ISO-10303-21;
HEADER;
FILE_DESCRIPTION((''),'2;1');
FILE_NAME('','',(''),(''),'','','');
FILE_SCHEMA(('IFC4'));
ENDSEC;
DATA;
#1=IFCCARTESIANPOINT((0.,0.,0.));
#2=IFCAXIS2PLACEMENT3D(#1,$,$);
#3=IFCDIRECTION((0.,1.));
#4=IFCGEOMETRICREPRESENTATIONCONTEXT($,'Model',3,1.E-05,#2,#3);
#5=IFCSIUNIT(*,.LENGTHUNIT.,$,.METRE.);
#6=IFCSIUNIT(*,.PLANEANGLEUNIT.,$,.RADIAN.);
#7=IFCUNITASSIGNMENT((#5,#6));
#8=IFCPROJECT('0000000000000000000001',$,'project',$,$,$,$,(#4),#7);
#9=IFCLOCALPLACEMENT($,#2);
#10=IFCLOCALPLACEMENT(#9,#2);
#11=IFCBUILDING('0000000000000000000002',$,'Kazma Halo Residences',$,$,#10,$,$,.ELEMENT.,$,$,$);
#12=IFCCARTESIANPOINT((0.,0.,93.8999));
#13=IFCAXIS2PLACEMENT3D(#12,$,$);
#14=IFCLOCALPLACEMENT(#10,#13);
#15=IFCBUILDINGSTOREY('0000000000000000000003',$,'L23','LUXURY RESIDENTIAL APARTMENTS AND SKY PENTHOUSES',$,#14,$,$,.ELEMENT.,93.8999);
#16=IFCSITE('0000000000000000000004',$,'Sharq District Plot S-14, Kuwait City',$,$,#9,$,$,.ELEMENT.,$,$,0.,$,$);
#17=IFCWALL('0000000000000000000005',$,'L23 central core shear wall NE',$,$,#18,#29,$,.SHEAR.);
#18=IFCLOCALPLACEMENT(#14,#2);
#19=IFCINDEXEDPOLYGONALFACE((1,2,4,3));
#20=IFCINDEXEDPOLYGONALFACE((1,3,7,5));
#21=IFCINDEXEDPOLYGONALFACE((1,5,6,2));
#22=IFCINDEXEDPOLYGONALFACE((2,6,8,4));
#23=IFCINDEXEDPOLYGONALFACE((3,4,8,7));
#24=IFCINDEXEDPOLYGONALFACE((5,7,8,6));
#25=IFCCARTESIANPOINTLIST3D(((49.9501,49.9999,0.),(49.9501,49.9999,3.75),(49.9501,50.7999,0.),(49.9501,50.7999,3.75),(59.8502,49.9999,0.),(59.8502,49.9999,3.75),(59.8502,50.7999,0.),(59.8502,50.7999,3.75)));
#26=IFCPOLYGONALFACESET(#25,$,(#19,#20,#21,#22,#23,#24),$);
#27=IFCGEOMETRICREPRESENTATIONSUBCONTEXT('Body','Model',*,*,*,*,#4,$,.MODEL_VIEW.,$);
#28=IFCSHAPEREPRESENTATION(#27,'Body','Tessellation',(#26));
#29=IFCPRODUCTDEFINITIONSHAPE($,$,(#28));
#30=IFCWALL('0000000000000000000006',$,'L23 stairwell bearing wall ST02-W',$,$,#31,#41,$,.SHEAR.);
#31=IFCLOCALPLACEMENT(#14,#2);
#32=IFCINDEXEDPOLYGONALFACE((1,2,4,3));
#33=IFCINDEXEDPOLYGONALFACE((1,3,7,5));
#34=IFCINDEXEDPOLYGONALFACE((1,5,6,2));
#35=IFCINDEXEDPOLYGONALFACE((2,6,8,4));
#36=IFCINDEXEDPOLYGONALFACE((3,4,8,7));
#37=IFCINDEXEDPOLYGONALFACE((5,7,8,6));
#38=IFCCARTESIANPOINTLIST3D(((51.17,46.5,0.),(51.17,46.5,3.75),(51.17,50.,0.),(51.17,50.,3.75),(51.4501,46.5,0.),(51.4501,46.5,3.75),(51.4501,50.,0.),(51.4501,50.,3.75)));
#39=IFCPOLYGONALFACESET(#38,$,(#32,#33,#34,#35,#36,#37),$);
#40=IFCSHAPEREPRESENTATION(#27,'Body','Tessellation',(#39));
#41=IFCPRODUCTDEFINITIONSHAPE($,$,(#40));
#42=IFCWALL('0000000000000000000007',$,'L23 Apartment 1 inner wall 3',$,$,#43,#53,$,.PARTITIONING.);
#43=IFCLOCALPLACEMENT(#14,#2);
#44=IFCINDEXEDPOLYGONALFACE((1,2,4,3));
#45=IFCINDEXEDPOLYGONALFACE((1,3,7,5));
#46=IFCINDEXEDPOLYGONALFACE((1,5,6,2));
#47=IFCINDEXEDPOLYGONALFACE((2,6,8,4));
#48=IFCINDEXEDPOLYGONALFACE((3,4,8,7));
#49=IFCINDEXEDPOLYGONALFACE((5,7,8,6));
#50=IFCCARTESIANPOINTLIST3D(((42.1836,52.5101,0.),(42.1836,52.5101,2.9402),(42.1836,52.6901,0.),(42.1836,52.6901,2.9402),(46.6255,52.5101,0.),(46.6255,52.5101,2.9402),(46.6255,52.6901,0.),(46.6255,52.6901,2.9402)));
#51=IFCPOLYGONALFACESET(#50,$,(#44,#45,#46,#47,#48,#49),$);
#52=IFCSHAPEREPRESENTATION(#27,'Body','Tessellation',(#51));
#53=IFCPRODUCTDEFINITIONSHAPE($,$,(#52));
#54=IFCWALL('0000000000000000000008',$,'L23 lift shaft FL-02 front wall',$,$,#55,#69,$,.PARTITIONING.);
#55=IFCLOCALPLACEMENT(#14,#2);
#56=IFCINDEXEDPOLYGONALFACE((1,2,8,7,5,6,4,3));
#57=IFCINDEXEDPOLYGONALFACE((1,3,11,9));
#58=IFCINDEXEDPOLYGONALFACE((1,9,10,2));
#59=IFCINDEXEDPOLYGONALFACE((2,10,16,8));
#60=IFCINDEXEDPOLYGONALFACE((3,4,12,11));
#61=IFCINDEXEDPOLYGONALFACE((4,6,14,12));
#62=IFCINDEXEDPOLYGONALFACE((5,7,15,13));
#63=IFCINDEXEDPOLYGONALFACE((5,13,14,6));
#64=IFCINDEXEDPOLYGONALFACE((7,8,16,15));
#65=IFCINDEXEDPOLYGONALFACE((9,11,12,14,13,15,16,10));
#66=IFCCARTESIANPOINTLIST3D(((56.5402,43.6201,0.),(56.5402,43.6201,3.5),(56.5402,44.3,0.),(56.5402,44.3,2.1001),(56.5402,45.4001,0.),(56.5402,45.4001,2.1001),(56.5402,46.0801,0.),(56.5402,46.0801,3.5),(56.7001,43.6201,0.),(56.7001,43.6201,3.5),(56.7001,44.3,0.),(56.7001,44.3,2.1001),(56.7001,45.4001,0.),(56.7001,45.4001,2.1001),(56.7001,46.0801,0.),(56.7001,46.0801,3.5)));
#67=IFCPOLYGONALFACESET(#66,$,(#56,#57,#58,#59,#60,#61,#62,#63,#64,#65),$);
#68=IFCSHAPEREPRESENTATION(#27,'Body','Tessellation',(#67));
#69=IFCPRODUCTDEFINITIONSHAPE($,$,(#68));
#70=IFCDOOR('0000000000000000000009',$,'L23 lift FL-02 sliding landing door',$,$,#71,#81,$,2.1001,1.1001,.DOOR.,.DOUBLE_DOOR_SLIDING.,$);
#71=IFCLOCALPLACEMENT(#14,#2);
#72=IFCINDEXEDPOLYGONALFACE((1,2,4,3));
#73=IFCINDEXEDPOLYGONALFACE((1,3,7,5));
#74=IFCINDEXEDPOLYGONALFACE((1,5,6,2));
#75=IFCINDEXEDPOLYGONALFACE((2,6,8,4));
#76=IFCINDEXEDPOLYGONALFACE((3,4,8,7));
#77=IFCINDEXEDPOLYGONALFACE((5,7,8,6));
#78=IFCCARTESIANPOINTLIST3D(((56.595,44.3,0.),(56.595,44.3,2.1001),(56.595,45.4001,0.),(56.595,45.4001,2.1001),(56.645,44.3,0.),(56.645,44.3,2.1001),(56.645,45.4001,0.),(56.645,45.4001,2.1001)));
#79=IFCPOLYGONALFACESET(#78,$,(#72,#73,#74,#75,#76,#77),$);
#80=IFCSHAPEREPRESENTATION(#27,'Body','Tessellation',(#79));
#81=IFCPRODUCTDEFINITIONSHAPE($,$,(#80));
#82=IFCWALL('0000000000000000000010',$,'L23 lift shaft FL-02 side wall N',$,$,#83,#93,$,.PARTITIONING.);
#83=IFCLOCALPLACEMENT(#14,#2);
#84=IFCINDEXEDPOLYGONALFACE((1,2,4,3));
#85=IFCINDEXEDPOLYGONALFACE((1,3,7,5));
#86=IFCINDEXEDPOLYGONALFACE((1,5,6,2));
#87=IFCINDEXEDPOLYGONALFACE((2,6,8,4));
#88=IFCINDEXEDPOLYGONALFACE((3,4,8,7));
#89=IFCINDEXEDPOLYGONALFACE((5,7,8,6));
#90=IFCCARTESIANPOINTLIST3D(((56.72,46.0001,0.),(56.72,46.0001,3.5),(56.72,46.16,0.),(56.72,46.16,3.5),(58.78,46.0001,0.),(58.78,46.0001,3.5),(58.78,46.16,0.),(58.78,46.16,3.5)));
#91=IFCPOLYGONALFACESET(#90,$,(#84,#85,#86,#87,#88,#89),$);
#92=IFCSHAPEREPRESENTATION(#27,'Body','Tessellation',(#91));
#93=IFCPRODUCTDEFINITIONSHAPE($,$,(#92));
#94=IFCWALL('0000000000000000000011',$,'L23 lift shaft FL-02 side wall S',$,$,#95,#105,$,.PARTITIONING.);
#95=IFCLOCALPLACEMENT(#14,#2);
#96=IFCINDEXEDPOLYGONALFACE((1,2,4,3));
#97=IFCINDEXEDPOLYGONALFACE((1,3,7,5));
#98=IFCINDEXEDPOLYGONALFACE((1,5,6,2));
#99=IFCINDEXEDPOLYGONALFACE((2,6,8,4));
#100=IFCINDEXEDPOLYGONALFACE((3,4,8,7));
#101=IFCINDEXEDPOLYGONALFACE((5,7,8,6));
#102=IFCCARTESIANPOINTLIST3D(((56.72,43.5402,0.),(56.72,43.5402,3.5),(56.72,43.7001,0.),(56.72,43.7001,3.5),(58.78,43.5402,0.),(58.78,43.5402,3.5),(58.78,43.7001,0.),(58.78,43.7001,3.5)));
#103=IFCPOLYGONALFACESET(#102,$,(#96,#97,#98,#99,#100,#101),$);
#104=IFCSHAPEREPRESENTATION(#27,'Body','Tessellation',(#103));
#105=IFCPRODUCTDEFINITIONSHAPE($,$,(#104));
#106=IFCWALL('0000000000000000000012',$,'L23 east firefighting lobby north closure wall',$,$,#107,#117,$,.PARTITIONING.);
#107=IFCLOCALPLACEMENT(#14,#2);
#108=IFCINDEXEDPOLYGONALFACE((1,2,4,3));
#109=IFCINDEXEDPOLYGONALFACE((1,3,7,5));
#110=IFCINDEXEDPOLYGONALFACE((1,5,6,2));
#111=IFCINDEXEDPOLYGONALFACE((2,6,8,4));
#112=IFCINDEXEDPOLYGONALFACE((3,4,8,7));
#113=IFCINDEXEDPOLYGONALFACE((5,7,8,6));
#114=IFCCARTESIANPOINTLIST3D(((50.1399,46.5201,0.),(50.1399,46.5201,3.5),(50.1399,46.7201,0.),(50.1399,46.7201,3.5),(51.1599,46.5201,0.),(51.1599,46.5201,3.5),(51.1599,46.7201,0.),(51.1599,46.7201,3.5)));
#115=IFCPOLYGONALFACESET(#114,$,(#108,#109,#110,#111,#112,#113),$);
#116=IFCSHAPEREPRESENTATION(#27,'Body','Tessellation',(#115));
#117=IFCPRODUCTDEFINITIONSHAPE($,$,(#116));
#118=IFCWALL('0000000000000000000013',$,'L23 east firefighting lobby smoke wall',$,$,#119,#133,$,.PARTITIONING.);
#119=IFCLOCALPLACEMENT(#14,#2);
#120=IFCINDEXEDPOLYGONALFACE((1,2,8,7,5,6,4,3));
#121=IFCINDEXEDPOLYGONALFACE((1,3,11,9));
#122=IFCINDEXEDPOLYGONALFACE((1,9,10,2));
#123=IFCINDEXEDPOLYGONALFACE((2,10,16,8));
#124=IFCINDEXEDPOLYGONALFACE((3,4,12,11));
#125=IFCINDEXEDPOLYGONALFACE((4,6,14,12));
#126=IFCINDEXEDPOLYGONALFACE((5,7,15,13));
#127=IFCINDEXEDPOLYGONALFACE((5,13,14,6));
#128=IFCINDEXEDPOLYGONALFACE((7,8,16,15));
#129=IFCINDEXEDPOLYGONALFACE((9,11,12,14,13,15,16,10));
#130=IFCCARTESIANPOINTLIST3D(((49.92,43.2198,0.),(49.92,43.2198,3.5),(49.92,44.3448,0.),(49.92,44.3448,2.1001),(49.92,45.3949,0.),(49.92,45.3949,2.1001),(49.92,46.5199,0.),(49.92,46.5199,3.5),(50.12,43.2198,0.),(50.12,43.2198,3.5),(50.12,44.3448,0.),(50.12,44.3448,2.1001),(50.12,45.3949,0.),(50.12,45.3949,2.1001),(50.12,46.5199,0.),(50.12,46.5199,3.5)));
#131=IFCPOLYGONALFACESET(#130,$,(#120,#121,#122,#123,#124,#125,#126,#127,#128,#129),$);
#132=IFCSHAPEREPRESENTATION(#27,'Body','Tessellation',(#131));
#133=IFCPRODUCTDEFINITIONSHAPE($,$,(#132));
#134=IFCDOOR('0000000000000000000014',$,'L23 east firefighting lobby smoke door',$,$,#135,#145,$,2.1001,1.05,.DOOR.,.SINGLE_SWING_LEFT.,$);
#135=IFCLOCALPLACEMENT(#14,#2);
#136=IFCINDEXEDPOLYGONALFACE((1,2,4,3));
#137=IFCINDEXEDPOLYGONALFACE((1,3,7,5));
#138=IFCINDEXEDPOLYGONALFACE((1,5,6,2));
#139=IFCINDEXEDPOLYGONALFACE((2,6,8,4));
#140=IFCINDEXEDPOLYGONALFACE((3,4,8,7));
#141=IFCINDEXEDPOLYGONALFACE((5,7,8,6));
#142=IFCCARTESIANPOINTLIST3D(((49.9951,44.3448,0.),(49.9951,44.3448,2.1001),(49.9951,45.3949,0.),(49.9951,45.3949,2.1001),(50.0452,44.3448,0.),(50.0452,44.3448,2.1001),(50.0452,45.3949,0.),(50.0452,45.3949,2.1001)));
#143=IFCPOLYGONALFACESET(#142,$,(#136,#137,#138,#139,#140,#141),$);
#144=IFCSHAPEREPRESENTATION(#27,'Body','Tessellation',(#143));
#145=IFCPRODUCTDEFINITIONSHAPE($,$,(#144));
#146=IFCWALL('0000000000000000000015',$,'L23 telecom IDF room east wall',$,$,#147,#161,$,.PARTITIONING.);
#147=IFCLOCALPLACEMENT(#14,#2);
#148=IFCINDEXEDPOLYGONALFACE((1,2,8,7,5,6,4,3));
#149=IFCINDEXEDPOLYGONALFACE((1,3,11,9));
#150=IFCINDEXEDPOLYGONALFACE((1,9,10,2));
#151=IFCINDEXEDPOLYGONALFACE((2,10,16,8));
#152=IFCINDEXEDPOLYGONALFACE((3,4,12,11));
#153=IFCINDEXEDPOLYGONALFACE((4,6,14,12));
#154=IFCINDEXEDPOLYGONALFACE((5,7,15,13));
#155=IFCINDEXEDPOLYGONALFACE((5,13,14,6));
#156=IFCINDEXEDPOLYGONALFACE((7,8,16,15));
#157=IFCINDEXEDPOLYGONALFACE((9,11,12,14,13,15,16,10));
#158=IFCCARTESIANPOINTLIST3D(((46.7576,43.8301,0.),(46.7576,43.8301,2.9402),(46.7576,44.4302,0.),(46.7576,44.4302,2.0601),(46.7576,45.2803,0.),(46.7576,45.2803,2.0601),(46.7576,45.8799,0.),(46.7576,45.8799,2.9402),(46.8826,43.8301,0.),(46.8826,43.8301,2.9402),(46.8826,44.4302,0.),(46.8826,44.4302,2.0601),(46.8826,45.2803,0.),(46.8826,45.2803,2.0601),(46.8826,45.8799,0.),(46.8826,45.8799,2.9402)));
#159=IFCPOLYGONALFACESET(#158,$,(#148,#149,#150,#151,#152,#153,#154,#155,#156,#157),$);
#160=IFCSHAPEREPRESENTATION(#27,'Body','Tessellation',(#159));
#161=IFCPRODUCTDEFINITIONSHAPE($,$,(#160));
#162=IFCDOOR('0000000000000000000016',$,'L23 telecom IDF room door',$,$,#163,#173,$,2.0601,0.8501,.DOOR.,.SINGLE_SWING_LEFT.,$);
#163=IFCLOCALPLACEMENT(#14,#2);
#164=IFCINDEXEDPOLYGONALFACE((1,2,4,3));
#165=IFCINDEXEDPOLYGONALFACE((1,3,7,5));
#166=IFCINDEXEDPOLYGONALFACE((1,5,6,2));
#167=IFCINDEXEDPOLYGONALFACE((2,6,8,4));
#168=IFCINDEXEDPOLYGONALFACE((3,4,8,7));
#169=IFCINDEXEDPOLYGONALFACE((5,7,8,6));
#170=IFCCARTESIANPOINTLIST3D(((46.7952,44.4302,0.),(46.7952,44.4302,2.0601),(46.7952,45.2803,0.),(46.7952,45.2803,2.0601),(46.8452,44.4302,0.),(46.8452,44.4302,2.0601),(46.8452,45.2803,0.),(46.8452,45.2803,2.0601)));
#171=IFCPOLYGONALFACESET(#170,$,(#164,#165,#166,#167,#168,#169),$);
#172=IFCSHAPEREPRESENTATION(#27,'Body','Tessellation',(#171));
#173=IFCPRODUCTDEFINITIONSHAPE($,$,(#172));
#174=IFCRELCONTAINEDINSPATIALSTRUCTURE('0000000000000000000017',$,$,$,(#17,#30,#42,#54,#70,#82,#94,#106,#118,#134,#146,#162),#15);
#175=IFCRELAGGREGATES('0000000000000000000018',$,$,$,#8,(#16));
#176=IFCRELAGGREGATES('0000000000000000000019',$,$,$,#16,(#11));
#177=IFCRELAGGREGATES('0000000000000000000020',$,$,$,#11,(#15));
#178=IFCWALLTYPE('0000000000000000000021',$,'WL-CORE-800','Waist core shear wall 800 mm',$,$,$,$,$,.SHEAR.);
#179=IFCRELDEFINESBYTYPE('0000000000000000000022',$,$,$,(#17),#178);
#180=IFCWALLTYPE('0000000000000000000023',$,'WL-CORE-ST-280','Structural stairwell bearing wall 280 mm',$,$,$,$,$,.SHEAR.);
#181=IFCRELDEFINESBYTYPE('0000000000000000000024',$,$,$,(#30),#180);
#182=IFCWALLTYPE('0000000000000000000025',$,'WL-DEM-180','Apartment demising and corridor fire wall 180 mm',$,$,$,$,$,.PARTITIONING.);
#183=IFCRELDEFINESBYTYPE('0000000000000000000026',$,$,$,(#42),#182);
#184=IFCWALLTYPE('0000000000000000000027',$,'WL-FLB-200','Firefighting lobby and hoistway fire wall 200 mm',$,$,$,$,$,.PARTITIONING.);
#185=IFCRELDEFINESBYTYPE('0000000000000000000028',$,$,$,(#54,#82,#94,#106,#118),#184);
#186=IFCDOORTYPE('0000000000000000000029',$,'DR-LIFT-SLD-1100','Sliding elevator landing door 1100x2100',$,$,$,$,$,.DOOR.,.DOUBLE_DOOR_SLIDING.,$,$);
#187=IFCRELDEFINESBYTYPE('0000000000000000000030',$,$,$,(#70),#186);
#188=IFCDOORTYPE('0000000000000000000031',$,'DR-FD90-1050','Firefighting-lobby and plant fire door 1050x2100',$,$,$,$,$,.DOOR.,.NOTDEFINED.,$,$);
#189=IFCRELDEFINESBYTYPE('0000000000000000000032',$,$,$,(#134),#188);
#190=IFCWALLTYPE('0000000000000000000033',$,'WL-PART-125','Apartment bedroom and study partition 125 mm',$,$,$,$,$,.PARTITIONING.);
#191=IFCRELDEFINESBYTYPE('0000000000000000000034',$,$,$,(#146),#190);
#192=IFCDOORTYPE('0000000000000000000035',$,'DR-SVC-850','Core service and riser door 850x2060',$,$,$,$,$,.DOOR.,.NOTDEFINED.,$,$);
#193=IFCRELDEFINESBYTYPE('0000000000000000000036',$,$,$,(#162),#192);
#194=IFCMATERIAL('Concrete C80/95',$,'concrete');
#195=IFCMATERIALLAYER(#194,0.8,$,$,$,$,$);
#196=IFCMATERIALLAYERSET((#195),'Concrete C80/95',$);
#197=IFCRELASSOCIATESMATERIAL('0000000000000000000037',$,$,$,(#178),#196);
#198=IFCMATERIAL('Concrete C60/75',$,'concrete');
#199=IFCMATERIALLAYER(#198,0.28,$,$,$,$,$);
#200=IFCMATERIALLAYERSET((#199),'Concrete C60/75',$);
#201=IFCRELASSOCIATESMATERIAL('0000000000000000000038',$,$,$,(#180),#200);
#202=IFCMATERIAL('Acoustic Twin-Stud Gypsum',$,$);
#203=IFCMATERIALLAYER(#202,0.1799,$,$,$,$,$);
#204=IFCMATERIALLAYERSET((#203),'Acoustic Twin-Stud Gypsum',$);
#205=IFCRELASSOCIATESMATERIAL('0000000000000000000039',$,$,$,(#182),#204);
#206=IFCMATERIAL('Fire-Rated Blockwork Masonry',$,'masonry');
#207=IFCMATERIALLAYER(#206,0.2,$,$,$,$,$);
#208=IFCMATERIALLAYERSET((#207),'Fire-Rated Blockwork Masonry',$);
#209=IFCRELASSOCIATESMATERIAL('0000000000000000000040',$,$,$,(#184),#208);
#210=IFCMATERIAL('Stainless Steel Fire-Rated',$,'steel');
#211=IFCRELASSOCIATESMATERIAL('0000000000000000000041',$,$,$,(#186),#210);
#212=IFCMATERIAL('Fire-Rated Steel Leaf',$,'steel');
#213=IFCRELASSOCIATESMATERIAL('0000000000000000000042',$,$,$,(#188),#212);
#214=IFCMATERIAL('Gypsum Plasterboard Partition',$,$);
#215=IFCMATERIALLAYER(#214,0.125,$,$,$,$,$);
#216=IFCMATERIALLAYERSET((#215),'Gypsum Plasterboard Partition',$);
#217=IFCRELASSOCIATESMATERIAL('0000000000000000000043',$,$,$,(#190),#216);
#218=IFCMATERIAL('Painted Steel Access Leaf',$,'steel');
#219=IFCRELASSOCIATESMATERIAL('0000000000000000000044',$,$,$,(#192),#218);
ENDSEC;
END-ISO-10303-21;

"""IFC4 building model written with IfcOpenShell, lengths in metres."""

from ifc_helpers import new_model, si_unit, direction, frame, frame_2d, origin, place, context, subcontext, project, spatial, rectangle, extrude, material, layer, layer_set, type_object, element, fill, save


model = new_model("IFC4")

# Units and contexts
model_context = context("Model", 3, precision=1e-05, world=origin(), true_north=direction((0.0, 1.0)))
body_context = subcontext(model_context, "Body", "Model", "MODEL_VIEW")
ifc_project = project(units=[si_unit("LENGTHUNIT", "METRE"), si_unit("PLANEANGLEUNIT", "RADIAN")], contexts=[model_context])

# Site, building, storey
site_placement = place(None, origin())
site = spatial("IfcSite", under=ifc_project, at=site_placement, Name="Sharq District Plot S-14, Kuwait City", CompositionType="ELEMENT", RefElevation=0.0)
building_placement = place(site_placement, origin())
building = spatial("IfcBuilding", under=site, at=building_placement, Name="Kazma Halo Residences", CompositionType="ELEMENT")
storey_placement = place(building_placement, frame((0.0, 0.0, 93.8999)))
storey = spatial("IfcBuildingStorey", under=building, at=storey_placement, Name="L23", Description="LUXURY RESIDENTIAL APARTMENTS AND SKY PENTHOUSES", CompositionType="ELEMENT", Elevation=93.8999)

# Walls
ifc_material_1 = material(Name="Concrete C80/95", Category="concrete")
ifc_layer_1 = layer(ifc_material_1, 0.8)
ifc_layer_set_1 = layer_set([ifc_layer_1], Name="Concrete C80/95")
wall_type_1 = type_object("IfcWallType", Name="WL-CORE-800", Description="Waist core shear wall 800 mm", PredefinedType="SHEAR", material=ifc_layer_set_1)
wall_1_placement = place(storey_placement, frame((49.95, 50.3999, 0.0), z_axis=(0.0, 0.0, 1.0), x_axis=(1.0, 0.0, 0.0)))
element("IfcWall", 1, at=wall_1_placement, inside=storey, type_object=wall_type_1, Name="L23 central core shear wall NE", PredefinedType="SHEAR", context=body_context, shape_type="SweptSolid", body=[
    extrude(rectangle(XDim=9.9001, YDim=0.8, at=frame_2d((4.9502, 0.0))), origin(), (0.0, 0.0, 1.0), 3.75),
])
ifc_material_2 = material(Name="Concrete C60/75", Category="concrete")
ifc_layer_2 = layer(ifc_material_2, 0.28)
ifc_layer_set_2 = layer_set([ifc_layer_2], Name="Concrete C60/75")
wall_type_2 = type_object("IfcWallType", Name="WL-CORE-ST-280", Description="Structural stairwell bearing wall 280 mm", PredefinedType="SHEAR", material=ifc_layer_set_2)
wall_2_placement = place(storey_placement, frame((51.3101, 46.5, 0.0), z_axis=(0.0, 0.0, 1.0), x_axis=(0.0, 1.0, 0.0)))
element("IfcWall", 2, at=wall_2_placement, inside=storey, type_object=wall_type_2, Name="L23 stairwell bearing wall ST02-W", PredefinedType="SHEAR", context=body_context, shape_type="SweptSolid", body=[
    extrude(rectangle(XDim=3.5, YDim=0.28, at=frame_2d((1.75, 0.0))), origin(), (0.0, 0.0, 1.0), 3.75),
])
ifc_material_3 = material(Name="Acoustic Twin-Stud Gypsum")
ifc_layer_3 = layer(ifc_material_3, 0.1799)
ifc_layer_set_3 = layer_set([ifc_layer_3], Name="Acoustic Twin-Stud Gypsum")
wall_type_3 = type_object("IfcWallType", Name="WL-DEM-180", Description="Apartment demising and corridor fire wall 180 mm", PredefinedType="PARTITIONING", material=ifc_layer_set_3)
wall_3_placement = place(storey_placement, frame((46.6255, 52.6001, 0.0), z_axis=(0.0, 0.0, 1.0), x_axis=(-1.0, 0.0, 0.0)))
element("IfcWall", 3, at=wall_3_placement, inside=storey, type_object=wall_type_3, Name="L23 Apartment 1 inner wall 3", PredefinedType="PARTITIONING", context=body_context, shape_type="SweptSolid", body=[
    extrude(rectangle(XDim=4.4419, YDim=0.1799, at=frame_2d((2.2209, 0.0))), origin(), (0.0, 0.0, 1.0), 2.9402),
])

# Wall, opening, door
ifc_material_4 = material(Name="Fire-Rated Blockwork Masonry", Category="masonry")
ifc_layer_4 = layer(ifc_material_4, 0.2)
ifc_layer_set_4 = layer_set([ifc_layer_4], Name="Fire-Rated Blockwork Masonry")
wall_type_4 = type_object("IfcWallType", Name="WL-FLB-200", Description="Firefighting lobby and hoistway fire wall 200 mm", PredefinedType="PARTITIONING", material=ifc_layer_set_4)
wall_4_placement = place(storey_placement, frame((56.6201, 46.0801, 0.0), z_axis=(0.0, 0.0, 1.0), x_axis=(0.0, -1.0, 0.0)))
wall_4 = element("IfcWall", 4, at=wall_4_placement, inside=storey, type_object=wall_type_4, Name="L23 lift shaft FL-02 front wall", PredefinedType="PARTITIONING", context=body_context, shape_type="SweptSolid", body=[
    extrude(rectangle(XDim=2.46, YDim=0.1599, at=frame_2d((1.23, 0.0))), origin(), (0.0, 0.0, 1.0), 3.5),
])
opening_1_placement = place(wall_4_placement, frame((0.6799, 0.0, 0.0)))
opening_1 = element("IfcOpeningElement", 5, at=opening_1_placement, cuts=wall_4, PredefinedType="OPENING", context=body_context, shape_type="SweptSolid", body=[
    extrude(rectangle(XDim=1.1001, YDim=2.1001, at=frame_2d((0.55, 1.05))), frame((0.0, 0.0898, 0.0), z_axis=(0.0, -1.0, 0.0), x_axis=(1.0, 0.0, 0.0)), (0.0, 0.0, 1.0), 0.1799),
])
ifc_material_5 = material(Name="Stainless Steel Fire-Rated", Category="steel")
door_type_1 = type_object("IfcDoorType", Name="DR-LIFT-SLD-1100", Description="Sliding elevator landing door 1100x2100", OperationType="DOUBLE_DOOR_SLIDING", PredefinedType="DOOR", material=ifc_material_5)
door_1_placement = place(opening_1_placement, origin())
door_1 = element("IfcDoor", 6, at=door_1_placement, inside=storey, type_object=door_type_1, Name="L23 lift FL-02 sliding landing door", OperationType="DOUBLE_DOOR_SLIDING", OverallHeight=2.1001, OverallWidth=1.1001, PredefinedType="DOOR", context=body_context, shape_type="SweptSolid", body=[
    extrude(rectangle(XDim=1.1001, YDim=2.1001, at=frame_2d((0.55, 1.05))), frame((0.0, 0.0249, 0.0), z_axis=(0.0, -1.0, 0.0), x_axis=(1.0, 0.0, 0.0)), (0.0, 0.0, 1.0), 0.05),
])
fill(opening_1, door_1)

# Walls
for number, where, z_axis, x_axis, name in (
    (7, (56.72, 46.0801, 0.0), (0.0, 0.0, 1.0), (1.0, 0.0, 0.0), "L23 lift shaft FL-02 side wall N"),
    (8, (56.72, 43.6201, 0.0), (0.0, 0.0, 1.0), (1.0, 0.0, 0.0), "L23 lift shaft FL-02 side wall S"),
):
    element("IfcWall", number, at=place(storey_placement, frame(where, z_axis=z_axis, x_axis=x_axis)), inside=storey, type_object=wall_type_4, Name=name, PredefinedType="PARTITIONING", context=body_context, shape_type="SweptSolid", body=[
        extrude(rectangle(XDim=2.0601, YDim=0.1599, at=frame_2d((1.03, 0.0))), origin(), (0.0, 0.0, 1.0), 3.5),
    ])
wall_5_placement = place(storey_placement, frame((50.1399, 46.6201, 0.0), z_axis=(0.0, 0.0, 1.0), x_axis=(1.0, 0.0, 0.0)))
element("IfcWall", 9, at=wall_5_placement, inside=storey, type_object=wall_type_4, Name="L23 east firefighting lobby north closure wall", PredefinedType="PARTITIONING", context=body_context, shape_type="SweptSolid", body=[
    extrude(rectangle(XDim=1.02, YDim=0.2, at=frame_2d((0.51, 0.0))), origin(), (0.0, 0.0, 1.0), 3.5),
])

# Walls, openings, doors
wall_6_placement = place(storey_placement, frame((50.02, 43.22, 0.0), z_axis=(0.0, 0.0, 1.0), x_axis=(0.0, 1.0, 0.0)))
wall_6 = element("IfcWall", 10, at=wall_6_placement, inside=storey, type_object=wall_type_4, Name="L23 east firefighting lobby smoke wall", PredefinedType="PARTITIONING", context=body_context, shape_type="SweptSolid", body=[
    extrude(rectangle(XDim=3.3, YDim=0.2, at=frame_2d((1.6499, 0.0))), origin(), (0.0, 0.0, 1.0), 3.5),
])
opening_2_placement = place(wall_6_placement, frame((1.125, 0.0, 0.0)))
opening_2 = element("IfcOpeningElement", 11, at=opening_2_placement, cuts=wall_6, PredefinedType="OPENING", context=body_context, shape_type="SweptSolid", body=[
    extrude(rectangle(XDim=1.05, YDim=2.1001, at=frame_2d((0.5249, 1.05))), frame((0.0, 0.1099, 0.0), z_axis=(0.0, -1.0, 0.0), x_axis=(1.0, 0.0, 0.0)), (0.0, 0.0, 1.0), 0.22),
])
ifc_material_6 = material(Name="Fire-Rated Steel Leaf", Category="steel")
door_type_2 = type_object("IfcDoorType", Name="DR-FD90-1050", Description="Firefighting-lobby and plant fire door 1050x2100", OperationType="NOTDEFINED", PredefinedType="DOOR", material=ifc_material_6)
door_2_placement = place(opening_2_placement, origin())
door_2 = element("IfcDoor", 12, at=door_2_placement, inside=storey, type_object=door_type_2, Name="L23 east firefighting lobby smoke door", OperationType="SINGLE_SWING_LEFT", OverallHeight=2.1001, OverallWidth=1.05, PredefinedType="DOOR", context=body_context, shape_type="SweptSolid", body=[
    extrude(rectangle(XDim=1.05, YDim=2.1001, at=frame_2d((0.5249, 1.05))), frame((0.0, 0.0249, 0.0), z_axis=(0.0, -1.0, 0.0), x_axis=(1.0, 0.0, 0.0)), (0.0, 0.0, 1.0), 0.05),
])
fill(opening_2, door_2)
ifc_material_7 = material(Name="Gypsum Plasterboard Partition")
ifc_layer_5 = layer(ifc_material_7, 0.125)
ifc_layer_set_5 = layer_set([ifc_layer_5], Name="Gypsum Plasterboard Partition")
wall_type_5 = type_object("IfcWallType", Name="WL-PART-125", Description="Apartment bedroom and study partition 125 mm", PredefinedType="PARTITIONING", material=ifc_layer_set_5)
wall_7_placement = place(storey_placement, frame((46.8201, 43.8301, 0.0), z_axis=(0.0, 0.0, 1.0), x_axis=(0.0, 1.0, 0.0)))
wall_7 = element("IfcWall", 13, at=wall_7_placement, inside=storey, type_object=wall_type_5, Name="L23 telecom IDF room east wall", PredefinedType="PARTITIONING", context=body_context, shape_type="SweptSolid", body=[
    extrude(rectangle(XDim=2.0498, YDim=0.125, at=frame_2d((1.0249, 0.0))), origin(), (0.0, 0.0, 1.0), 2.9402),
])
opening_3_placement = place(wall_7_placement, frame((0.6001, 0.0, 0.0)))
opening_3 = element("IfcOpeningElement", 14, at=opening_3_placement, cuts=wall_7, PredefinedType="OPENING", context=body_context, shape_type="SweptSolid", body=[
    extrude(rectangle(XDim=0.8501, YDim=2.0601, at=frame_2d((0.425, 1.03))), frame((0.0, 0.0725, 0.0), z_axis=(0.0, -1.0, 0.0), x_axis=(1.0, 0.0, 0.0)), (0.0, 0.0, 1.0), 0.145),
])
ifc_material_8 = material(Name="Painted Steel Access Leaf", Category="steel")
door_type_3 = type_object("IfcDoorType", Name="DR-SVC-850", Description="Core service and riser door 850x2060", OperationType="NOTDEFINED", PredefinedType="DOOR", material=ifc_material_8)
door_3_placement = place(opening_3_placement, origin())
door_3 = element("IfcDoor", 15, at=door_3_placement, inside=storey, type_object=door_type_3, Name="L23 telecom IDF room door", OperationType="SINGLE_SWING_LEFT", OverallHeight=2.0601, OverallWidth=0.8501, PredefinedType="DOOR", context=body_context, shape_type="SweptSolid", body=[
    extrude(rectangle(XDim=0.8501, YDim=2.0601, at=frame_2d((0.425, 1.03))), frame((0.0, 0.0249, 0.0), z_axis=(0.0, -1.0, 0.0), x_axis=(1.0, 0.0, 0.0)), (0.0, 0.0, 1.0), 0.05),
])
fill(opening_3, door_3)

save(model, "model.ifc")
